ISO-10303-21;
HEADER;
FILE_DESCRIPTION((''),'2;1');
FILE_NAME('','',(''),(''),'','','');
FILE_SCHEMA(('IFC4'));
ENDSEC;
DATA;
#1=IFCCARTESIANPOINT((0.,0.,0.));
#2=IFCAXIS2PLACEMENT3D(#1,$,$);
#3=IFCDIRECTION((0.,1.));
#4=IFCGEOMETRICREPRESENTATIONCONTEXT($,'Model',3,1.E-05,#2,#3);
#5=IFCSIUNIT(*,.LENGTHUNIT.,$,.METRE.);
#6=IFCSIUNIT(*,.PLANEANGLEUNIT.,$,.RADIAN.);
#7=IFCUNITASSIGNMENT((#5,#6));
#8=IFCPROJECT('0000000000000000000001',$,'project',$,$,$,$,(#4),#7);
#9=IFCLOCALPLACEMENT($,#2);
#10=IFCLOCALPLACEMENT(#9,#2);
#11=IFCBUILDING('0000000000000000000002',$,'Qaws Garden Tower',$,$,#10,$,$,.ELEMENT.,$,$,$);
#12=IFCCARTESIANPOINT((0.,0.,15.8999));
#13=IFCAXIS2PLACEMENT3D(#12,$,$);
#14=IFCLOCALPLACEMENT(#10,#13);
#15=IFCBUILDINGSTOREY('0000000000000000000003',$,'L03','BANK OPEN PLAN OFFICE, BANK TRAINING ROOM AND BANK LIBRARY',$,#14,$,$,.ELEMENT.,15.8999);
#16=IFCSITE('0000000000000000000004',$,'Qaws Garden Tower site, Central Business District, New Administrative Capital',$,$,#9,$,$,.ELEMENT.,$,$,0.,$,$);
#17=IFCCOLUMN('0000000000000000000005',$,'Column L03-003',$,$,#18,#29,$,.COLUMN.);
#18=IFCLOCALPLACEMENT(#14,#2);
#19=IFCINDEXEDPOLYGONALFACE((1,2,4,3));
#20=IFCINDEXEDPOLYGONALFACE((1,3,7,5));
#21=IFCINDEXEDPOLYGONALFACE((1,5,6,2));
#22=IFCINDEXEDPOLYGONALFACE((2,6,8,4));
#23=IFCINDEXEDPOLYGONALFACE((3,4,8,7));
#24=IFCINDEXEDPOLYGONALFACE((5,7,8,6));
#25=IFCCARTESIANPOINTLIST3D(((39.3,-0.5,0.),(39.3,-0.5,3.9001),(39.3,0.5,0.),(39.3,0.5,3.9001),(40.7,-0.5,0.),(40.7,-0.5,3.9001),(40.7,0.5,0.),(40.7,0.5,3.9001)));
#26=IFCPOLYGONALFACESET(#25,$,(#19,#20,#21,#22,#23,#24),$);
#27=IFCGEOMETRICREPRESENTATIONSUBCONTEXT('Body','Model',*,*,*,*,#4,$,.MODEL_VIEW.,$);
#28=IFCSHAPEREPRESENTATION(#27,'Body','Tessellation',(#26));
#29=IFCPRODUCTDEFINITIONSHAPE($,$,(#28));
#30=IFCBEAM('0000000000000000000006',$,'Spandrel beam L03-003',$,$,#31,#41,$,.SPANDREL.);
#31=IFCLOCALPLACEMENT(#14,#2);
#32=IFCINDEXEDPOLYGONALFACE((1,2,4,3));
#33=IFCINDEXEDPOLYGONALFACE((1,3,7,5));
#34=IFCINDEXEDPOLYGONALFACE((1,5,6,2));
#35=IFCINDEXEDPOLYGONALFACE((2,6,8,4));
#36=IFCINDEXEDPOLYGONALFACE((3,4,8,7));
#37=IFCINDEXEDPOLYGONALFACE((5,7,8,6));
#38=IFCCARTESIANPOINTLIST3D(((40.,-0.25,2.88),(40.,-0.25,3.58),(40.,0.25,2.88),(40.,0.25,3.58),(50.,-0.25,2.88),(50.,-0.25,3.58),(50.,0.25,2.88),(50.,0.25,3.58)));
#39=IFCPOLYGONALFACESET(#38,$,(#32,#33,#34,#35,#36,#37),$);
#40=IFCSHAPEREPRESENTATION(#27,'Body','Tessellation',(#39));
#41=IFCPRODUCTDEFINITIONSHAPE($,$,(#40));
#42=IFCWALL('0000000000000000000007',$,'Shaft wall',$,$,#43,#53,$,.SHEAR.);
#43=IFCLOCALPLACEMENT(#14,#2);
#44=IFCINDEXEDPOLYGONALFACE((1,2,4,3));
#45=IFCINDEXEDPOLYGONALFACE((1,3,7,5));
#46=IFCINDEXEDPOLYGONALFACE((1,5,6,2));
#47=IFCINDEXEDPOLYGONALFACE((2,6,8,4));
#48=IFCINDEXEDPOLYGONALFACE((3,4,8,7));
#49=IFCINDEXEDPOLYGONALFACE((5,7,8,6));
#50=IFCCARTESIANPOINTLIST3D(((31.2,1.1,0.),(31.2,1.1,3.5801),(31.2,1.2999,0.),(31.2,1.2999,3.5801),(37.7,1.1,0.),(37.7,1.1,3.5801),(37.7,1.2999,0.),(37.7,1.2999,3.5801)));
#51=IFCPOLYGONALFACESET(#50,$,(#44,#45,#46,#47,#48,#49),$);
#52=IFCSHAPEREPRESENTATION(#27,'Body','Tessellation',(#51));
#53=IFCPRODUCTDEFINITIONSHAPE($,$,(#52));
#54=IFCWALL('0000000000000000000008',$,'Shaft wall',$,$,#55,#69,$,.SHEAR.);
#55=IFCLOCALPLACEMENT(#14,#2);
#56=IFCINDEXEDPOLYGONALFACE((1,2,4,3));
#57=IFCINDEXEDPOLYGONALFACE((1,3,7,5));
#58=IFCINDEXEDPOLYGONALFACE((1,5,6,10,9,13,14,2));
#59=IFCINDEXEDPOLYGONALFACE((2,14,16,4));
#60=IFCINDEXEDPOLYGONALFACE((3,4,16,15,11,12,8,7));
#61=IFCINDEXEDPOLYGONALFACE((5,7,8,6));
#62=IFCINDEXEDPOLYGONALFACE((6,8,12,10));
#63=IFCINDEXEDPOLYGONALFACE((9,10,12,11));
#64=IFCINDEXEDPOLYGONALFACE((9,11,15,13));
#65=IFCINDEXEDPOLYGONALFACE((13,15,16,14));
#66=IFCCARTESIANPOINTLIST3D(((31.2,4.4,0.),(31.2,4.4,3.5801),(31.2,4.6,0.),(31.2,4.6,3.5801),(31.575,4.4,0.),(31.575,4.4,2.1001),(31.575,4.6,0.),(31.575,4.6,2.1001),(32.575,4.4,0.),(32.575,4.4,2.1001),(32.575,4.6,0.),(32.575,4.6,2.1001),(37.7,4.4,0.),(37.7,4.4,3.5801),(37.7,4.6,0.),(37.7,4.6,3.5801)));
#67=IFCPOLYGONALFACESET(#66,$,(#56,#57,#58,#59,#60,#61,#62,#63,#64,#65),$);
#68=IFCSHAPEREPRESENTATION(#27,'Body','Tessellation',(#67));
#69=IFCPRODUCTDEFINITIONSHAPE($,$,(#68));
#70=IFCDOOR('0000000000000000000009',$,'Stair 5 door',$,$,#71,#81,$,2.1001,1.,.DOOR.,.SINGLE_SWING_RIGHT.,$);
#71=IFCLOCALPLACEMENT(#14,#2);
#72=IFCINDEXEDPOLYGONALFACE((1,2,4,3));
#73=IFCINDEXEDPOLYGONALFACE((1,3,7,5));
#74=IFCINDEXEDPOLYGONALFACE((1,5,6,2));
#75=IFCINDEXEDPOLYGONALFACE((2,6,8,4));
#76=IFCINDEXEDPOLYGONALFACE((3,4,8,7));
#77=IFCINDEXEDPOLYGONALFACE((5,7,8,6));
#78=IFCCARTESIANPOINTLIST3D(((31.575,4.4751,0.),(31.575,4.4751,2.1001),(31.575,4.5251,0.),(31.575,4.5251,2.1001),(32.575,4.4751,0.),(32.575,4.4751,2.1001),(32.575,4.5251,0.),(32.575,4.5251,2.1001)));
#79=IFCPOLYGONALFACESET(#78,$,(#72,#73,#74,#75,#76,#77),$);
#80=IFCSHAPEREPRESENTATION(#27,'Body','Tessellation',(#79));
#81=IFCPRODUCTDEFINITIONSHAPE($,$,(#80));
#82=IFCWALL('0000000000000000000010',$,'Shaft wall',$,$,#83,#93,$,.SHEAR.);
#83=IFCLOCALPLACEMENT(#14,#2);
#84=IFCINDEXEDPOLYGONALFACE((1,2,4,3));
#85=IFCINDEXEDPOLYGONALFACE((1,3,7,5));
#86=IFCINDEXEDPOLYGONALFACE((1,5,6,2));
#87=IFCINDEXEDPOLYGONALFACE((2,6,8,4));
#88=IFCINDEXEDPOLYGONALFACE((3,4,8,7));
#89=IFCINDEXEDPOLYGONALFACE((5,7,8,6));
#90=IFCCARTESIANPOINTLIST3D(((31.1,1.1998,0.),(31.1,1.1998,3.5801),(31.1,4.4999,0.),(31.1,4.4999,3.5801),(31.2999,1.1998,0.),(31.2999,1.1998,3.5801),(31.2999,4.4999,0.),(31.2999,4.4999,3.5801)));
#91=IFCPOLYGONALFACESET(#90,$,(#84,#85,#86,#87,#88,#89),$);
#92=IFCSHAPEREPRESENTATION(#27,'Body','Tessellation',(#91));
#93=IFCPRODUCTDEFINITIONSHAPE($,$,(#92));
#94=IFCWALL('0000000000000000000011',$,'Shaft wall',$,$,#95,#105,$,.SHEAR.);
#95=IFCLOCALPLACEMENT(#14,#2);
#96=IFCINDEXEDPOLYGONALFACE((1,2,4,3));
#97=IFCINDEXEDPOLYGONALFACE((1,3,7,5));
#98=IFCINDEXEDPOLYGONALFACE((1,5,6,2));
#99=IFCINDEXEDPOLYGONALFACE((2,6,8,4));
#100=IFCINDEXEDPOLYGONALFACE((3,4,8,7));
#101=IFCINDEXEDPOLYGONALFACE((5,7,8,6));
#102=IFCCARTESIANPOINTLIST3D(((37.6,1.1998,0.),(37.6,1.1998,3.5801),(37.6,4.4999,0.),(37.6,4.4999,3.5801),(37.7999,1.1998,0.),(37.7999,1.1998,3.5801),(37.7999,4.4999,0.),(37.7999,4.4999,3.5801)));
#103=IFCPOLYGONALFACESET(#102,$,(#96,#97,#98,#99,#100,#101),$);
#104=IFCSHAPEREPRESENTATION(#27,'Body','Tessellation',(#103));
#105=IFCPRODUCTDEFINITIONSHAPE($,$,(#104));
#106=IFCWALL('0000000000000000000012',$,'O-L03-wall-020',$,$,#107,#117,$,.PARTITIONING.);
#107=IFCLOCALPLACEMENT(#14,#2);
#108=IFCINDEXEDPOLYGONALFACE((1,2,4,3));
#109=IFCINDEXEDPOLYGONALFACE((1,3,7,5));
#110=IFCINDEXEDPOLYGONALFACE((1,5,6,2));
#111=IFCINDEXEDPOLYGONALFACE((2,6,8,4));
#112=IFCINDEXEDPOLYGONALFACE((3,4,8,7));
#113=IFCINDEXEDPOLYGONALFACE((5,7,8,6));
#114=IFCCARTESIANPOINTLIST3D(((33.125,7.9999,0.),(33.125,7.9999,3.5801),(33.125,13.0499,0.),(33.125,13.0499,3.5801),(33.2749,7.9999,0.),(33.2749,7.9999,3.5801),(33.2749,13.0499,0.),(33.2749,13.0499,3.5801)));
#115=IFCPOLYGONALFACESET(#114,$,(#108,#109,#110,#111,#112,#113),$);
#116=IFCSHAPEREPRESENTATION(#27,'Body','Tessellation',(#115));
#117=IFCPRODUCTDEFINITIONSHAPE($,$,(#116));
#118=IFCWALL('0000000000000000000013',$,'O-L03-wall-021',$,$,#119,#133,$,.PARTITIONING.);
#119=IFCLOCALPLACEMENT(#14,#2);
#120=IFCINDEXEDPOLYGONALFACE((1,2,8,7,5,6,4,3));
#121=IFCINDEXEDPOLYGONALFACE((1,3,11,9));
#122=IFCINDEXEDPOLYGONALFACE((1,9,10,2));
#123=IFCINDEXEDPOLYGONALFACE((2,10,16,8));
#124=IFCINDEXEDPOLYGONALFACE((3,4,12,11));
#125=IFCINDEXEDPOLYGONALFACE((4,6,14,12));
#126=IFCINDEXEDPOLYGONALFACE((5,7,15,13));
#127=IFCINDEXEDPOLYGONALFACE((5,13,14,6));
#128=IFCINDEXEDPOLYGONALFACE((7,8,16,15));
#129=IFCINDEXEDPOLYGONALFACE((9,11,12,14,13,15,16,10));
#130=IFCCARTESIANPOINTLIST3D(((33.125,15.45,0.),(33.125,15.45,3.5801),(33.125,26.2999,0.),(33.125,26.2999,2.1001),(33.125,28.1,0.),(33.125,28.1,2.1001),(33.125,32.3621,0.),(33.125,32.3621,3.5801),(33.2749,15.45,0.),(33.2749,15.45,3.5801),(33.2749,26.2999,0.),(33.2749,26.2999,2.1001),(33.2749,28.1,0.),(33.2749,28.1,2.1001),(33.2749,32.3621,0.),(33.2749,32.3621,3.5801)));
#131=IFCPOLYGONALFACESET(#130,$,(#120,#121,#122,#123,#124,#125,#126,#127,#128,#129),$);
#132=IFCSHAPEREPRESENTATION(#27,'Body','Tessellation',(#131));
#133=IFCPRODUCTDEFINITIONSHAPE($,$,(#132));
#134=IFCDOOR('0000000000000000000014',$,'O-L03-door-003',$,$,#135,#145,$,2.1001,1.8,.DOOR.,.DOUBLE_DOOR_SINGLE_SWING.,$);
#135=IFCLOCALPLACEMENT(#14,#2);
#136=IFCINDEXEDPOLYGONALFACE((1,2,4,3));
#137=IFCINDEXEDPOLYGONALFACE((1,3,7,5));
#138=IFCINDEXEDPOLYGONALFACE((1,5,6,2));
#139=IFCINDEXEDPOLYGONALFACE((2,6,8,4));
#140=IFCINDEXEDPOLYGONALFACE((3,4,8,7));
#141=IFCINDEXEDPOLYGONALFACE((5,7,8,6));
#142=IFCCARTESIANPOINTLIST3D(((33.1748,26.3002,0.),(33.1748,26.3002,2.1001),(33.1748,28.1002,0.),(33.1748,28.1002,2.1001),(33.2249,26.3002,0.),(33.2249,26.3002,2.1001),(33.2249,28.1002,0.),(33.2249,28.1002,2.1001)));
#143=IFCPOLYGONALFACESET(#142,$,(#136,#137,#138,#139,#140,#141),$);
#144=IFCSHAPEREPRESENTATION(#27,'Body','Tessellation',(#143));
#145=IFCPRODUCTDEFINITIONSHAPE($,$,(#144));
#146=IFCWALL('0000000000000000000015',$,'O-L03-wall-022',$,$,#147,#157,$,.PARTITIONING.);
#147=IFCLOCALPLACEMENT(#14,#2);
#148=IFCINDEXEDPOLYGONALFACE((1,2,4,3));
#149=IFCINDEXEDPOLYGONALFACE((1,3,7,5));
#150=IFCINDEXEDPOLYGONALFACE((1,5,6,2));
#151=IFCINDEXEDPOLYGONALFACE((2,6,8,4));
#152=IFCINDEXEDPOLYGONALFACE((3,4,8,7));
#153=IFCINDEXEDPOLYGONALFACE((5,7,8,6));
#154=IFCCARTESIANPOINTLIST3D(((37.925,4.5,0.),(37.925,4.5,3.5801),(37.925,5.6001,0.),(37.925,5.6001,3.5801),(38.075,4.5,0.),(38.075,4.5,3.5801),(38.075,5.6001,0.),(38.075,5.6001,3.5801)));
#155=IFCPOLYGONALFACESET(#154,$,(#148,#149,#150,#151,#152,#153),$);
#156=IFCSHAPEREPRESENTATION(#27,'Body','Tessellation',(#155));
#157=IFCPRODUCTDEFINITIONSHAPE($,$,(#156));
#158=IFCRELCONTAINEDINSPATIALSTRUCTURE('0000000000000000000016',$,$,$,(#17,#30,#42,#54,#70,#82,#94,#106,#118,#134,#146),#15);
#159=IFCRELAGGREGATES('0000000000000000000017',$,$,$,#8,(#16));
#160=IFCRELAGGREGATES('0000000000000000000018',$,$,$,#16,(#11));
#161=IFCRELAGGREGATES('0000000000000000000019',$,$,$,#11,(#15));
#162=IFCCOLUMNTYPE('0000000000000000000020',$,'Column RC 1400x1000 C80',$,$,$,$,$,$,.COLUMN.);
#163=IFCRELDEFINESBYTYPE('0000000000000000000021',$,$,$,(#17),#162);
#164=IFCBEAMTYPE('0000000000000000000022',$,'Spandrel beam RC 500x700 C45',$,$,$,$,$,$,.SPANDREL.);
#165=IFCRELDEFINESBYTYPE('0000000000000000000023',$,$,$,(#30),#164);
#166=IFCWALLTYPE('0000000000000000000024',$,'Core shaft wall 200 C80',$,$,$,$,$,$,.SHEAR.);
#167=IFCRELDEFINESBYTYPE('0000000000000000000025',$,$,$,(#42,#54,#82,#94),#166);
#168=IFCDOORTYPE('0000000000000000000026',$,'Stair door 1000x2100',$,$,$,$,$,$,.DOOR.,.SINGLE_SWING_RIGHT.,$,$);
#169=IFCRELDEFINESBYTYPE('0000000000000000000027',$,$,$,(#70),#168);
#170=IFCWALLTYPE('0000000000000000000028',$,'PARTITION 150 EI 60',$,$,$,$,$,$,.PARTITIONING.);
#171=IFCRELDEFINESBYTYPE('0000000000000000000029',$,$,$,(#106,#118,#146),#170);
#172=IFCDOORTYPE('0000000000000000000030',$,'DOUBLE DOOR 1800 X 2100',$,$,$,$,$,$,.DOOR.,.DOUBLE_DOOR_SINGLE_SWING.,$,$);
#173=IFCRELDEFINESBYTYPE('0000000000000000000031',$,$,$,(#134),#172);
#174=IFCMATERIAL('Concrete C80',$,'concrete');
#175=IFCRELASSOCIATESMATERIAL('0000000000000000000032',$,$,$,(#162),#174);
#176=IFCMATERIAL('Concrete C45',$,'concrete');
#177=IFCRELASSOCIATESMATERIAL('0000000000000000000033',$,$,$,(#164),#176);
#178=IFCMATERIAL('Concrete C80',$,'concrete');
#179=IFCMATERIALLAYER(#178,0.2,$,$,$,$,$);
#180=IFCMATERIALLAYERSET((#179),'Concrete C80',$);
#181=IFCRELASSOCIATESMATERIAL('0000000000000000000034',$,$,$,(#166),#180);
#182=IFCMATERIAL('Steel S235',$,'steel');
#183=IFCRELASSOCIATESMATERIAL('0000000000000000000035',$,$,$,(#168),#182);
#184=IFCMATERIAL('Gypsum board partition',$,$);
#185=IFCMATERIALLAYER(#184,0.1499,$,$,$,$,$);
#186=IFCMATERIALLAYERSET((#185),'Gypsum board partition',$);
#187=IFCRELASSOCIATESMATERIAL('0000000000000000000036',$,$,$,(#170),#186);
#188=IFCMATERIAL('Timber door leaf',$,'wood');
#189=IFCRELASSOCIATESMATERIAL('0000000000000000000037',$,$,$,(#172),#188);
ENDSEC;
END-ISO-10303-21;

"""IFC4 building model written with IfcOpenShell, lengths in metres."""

from ifc_helpers import new_model, si_unit, direction, frame, frame_2d, origin, origin_2d, place, context, subcontext, project, spatial, rectangle, extrude, material, layer, layer_set, material_profile, profile_set, type_object, element, fill, save


model = new_model("IFC4")

# Units and contexts
model_context = context("Model", 3, precision=1e-05, world=origin(), true_north=direction((0.0, 1.0)))
body_context = subcontext(model_context, "Body", "Model", "MODEL_VIEW")
ifc_project = project(units=[si_unit("LENGTHUNIT", "METRE"), si_unit("PLANEANGLEUNIT", "RADIAN")], contexts=[model_context])

# Site, building, storey
site_placement = place(None, origin())
site = spatial("IfcSite", under=ifc_project, at=site_placement, Name="Qaws Garden Tower site, Central Business District, New Administrative Capital", CompositionType="ELEMENT", RefElevation=0.0)
building_placement = place(site_placement, origin())
building = spatial("IfcBuilding", under=site, at=building_placement, Name="Qaws Garden Tower", CompositionType="ELEMENT")
storey_placement = place(building_placement, frame((0.0, 0.0, 15.8999)))
storey = spatial("IfcBuildingStorey", under=building, at=storey_placement, Name="L03", Description="BANK OPEN PLAN OFFICE, BANK TRAINING ROOM AND BANK LIBRARY", CompositionType="ELEMENT", Elevation=15.8999)

# Column
ifc_material_1 = material(Name="Concrete C80", Category="concrete")
ifc_material_profile_1 = material_profile(ifc_material_1, rectangle(XDim=1.3999, YDim=1.0, at=origin_2d()), Name="RC 1400x1000")
ifc_profile_set_1 = profile_set([ifc_material_profile_1], Name="Concrete C80")
column_type = type_object("IfcColumnType", Name="Column RC 1400x1000 C80", PredefinedType="COLUMN", material=ifc_profile_set_1)
column_placement = place(storey_placement, frame((40.0, 0.0, 0.0), z_axis=(0.0, 0.0, 1.0), x_axis=(1.0, 0.0, 0.0)))
element("IfcColumn", 1, at=column_placement, inside=storey, type_object=column_type, Name="Column L03-003", PredefinedType="COLUMN", context=body_context, shape_type="SweptSolid", body=[
    extrude(rectangle(XDim=1.3999, YDim=1.0, at=origin_2d()), origin(), (0.0, 0.0, 1.0), 3.9001),
])

# Beam
ifc_material_2 = material(Name="Concrete C45", Category="concrete")
ifc_material_profile_2 = material_profile(ifc_material_2, rectangle(XDim=0.5, YDim=0.7, at=origin_2d()), Name="RC 500x700")
ifc_profile_set_2 = profile_set([ifc_material_profile_2], Name="Concrete C45")
beam_type = type_object("IfcBeamType", Name="Spandrel beam RC 500x700 C45", PredefinedType="SPANDREL", material=ifc_profile_set_2)
beam_placement = place(storey_placement, frame((40.0, 0.0, 3.23), z_axis=(1.0, 0.0, 0.0), x_axis=(0.0, 1.0, 0.0)))
element("IfcBeam", 2, at=beam_placement, inside=storey, type_object=beam_type, Name="Spandrel beam L03-003", PredefinedType="SPANDREL", context=body_context, shape_type="SweptSolid", body=[
    extrude(rectangle(XDim=0.5, YDim=0.7, at=origin_2d()), origin(), (0.0, 0.0, 1.0), 10.0),
])

# Wall
ifc_material_3 = material(Name="Concrete C80", Category="concrete")
ifc_layer_1 = layer(ifc_material_3, 0.2)
ifc_layer_set_1 = layer_set([ifc_layer_1], Name="Concrete C80")
wall_type_1 = type_object("IfcWallType", Name="Core shaft wall 200 C80", PredefinedType="SHEAR", material=ifc_layer_set_1)
wall_1_placement = place(storey_placement, frame((31.2, 1.2, 0.0), z_axis=(0.0, 0.0, 1.0), x_axis=(1.0, 0.0, 0.0)))
element("IfcWall", 3, at=wall_1_placement, inside=storey, type_object=wall_type_1, Name="Shaft wall", PredefinedType="SHEAR", context=body_context, shape_type="SweptSolid", body=[
    extrude(rectangle(XDim=6.5, YDim=0.2, at=frame_2d((3.25, 0.0))), origin(), (0.0, 0.0, 1.0), 3.5801),
])

# Wall, opening, door
wall_2_placement = place(storey_placement, frame((31.2, 4.5, 0.0), z_axis=(0.0, 0.0, 1.0), x_axis=(1.0, 0.0, 0.0)))
wall_2 = element("IfcWall", 4, at=wall_2_placement, inside=storey, type_object=wall_type_1, Name="Shaft wall", PredefinedType="SHEAR", context=body_context, shape_type="SweptSolid", body=[
    extrude(rectangle(XDim=6.5, YDim=0.2, at=frame_2d((3.25, 0.0))), origin(), (0.0, 0.0, 1.0), 3.5801),
])
opening_1_placement = place(wall_2_placement, frame((0.375, 0.0, 0.0)))
opening_1 = element("IfcOpeningElement", 5, at=opening_1_placement, cuts=wall_2, PredefinedType="OPENING", context=body_context, shape_type="SweptSolid", body=[
    extrude(rectangle(XDim=1.0, YDim=2.1001, at=frame_2d((0.5, 1.05))), frame((0.0, 0.1099, 0.0), z_axis=(0.0, -1.0, 0.0), x_axis=(1.0, 0.0, 0.0)), (0.0, 0.0, 1.0), 0.22),
])
ifc_material_4 = material(Name="Steel S235", Category="steel")
door_type_1 = type_object("IfcDoorType", Name="Stair door 1000x2100", OperationType="SINGLE_SWING_RIGHT", PredefinedType="DOOR", material=ifc_material_4)
door_1_placement = place(opening_1_placement, frame((1.0, 0.0, 0.0), z_axis=(0.0, 0.0, 1.0), x_axis=(-1.0, 0.0, 0.0)))
door_1 = element("IfcDoor", 6, at=door_1_placement, inside=storey, type_object=door_type_1, Name="Stair 5 door", OperationType="SINGLE_SWING_RIGHT", OverallHeight=2.1001, OverallWidth=1.0, PredefinedType="DOOR", context=body_context, shape_type="SweptSolid", body=[
    extrude(rectangle(XDim=1.0, YDim=2.1001, at=frame_2d((0.5, 1.05))), frame((0.0, 0.0249, 0.0), z_axis=(0.0, -1.0, 0.0), x_axis=(1.0, 0.0, 0.0)), (0.0, 0.0, 1.0), 0.05),
])
fill(opening_1, door_1)

# Walls
for number, where, z_axis, x_axis, name in (
    (7, (31.2, 1.2, 0.0), (0.0, 0.0, 1.0), (0.0, 1.0, 0.0), "Shaft wall"),
    (8, (37.7, 1.2, 0.0), (0.0, 0.0, 1.0), (0.0, 1.0, 0.0), "Shaft wall"),
):
    element("IfcWall", number, at=place(storey_placement, frame(where, z_axis=z_axis, x_axis=x_axis)), inside=storey, type_object=wall_type_1, Name=name, PredefinedType="SHEAR", context=body_context, shape_type="SweptSolid", body=[
        extrude(rectangle(XDim=3.3, YDim=0.2, at=frame_2d((1.6499, 0.0))), origin(), (0.0, 0.0, 1.0), 3.5801),
    ])
ifc_material_5 = material(Name="Gypsum board partition")
ifc_layer_2 = layer(ifc_material_5, 0.1499)
ifc_layer_set_2 = layer_set([ifc_layer_2], Name="Gypsum board partition")
wall_type_2 = type_object("IfcWallType", Name="PARTITION 150 EI 60", PredefinedType="PARTITIONING", material=ifc_layer_set_2)
wall_3_placement = place(storey_placement, frame((33.2, 8.0, 0.0), z_axis=(0.0, 0.0, 1.0), x_axis=(0.0, 1.0, 0.0)))
element("IfcWall", 9, at=wall_3_placement, inside=storey, type_object=wall_type_2, Name="O-L03-wall-020", PredefinedType="PARTITIONING", context=body_context, shape_type="SweptSolid", body=[
    extrude(rectangle(XDim=5.05, YDim=0.1499, at=frame_2d((2.5249, 0.0))), origin(), (0.0, 0.0, 1.0), 3.5801),
])

# Wall, opening, door
wall_4_placement = place(storey_placement, frame((33.2, 15.45, 0.0), z_axis=(0.0, 0.0, 1.0), x_axis=(0.0, 1.0, 0.0)))
wall_4 = element("IfcWall", 10, at=wall_4_placement, inside=storey, type_object=wall_type_2, Name="O-L03-wall-021", PredefinedType="PARTITIONING", context=body_context, shape_type="SweptSolid", body=[
    extrude(rectangle(XDim=16.9121, YDim=0.1499, at=frame_2d((8.4561, 0.0))), origin(), (0.0, 0.0, 1.0), 3.5801),
])
opening_2_placement = place(wall_4_placement, frame((10.8501, 0.0, 0.0)))
opening_2 = element("IfcOpeningElement", 11, at=opening_2_placement, cuts=wall_4, PredefinedType="OPENING", context=body_context, shape_type="SweptSolid", body=[
    extrude(rectangle(XDim=1.8, YDim=2.1001, at=frame_2d((0.8999, 1.05))), frame((0.0, 0.085, 0.0), z_axis=(0.0, -1.0, 0.0), x_axis=(1.0, 0.0, 0.0)), (0.0, 0.0, 1.0), 0.1699),
])
ifc_material_6 = material(Name="Timber door leaf", Category="wood")
door_type_2 = type_object("IfcDoorType", Name="DOUBLE DOOR 1800 X 2100", OperationType="DOUBLE_DOOR_SINGLE_SWING", PredefinedType="DOOR", material=ifc_material_6)
door_2_placement = place(opening_2_placement, frame((1.8, 0.0, 0.0), z_axis=(0.0, 0.0, 1.0), x_axis=(-1.0, 0.0, 0.0)))
door_2 = element("IfcDoor", 12, at=door_2_placement, inside=storey, type_object=door_type_2, Name="O-L03-door-003", OperationType="DOUBLE_DOOR_SINGLE_SWING", OverallHeight=2.1001, OverallWidth=1.8, PredefinedType="DOOR", context=body_context, shape_type="SweptSolid", body=[
    extrude(rectangle(XDim=1.8, YDim=2.1001, at=frame_2d((0.8999, 1.05))), frame((0.0, 0.0249, 0.0), z_axis=(0.0, -1.0, 0.0), x_axis=(1.0, 0.0, 0.0)), (0.0, 0.0, 1.0), 0.05),
])
fill(opening_2, door_2)

# Wall
wall_5_placement = place(storey_placement, frame((38.0, 4.5, 0.0), z_axis=(0.0, 0.0, 1.0), x_axis=(0.0, 1.0, 0.0)))
element("IfcWall", 13, at=wall_5_placement, inside=storey, type_object=wall_type_2, Name="O-L03-wall-022", PredefinedType="PARTITIONING", context=body_context, shape_type="SweptSolid", body=[
    extrude(rectangle(XDim=1.1001, YDim=0.1499, at=frame_2d((0.55, 0.0))), origin(), (0.0, 0.0, 1.0), 3.5801),
])

save(model, "model.ifc")
